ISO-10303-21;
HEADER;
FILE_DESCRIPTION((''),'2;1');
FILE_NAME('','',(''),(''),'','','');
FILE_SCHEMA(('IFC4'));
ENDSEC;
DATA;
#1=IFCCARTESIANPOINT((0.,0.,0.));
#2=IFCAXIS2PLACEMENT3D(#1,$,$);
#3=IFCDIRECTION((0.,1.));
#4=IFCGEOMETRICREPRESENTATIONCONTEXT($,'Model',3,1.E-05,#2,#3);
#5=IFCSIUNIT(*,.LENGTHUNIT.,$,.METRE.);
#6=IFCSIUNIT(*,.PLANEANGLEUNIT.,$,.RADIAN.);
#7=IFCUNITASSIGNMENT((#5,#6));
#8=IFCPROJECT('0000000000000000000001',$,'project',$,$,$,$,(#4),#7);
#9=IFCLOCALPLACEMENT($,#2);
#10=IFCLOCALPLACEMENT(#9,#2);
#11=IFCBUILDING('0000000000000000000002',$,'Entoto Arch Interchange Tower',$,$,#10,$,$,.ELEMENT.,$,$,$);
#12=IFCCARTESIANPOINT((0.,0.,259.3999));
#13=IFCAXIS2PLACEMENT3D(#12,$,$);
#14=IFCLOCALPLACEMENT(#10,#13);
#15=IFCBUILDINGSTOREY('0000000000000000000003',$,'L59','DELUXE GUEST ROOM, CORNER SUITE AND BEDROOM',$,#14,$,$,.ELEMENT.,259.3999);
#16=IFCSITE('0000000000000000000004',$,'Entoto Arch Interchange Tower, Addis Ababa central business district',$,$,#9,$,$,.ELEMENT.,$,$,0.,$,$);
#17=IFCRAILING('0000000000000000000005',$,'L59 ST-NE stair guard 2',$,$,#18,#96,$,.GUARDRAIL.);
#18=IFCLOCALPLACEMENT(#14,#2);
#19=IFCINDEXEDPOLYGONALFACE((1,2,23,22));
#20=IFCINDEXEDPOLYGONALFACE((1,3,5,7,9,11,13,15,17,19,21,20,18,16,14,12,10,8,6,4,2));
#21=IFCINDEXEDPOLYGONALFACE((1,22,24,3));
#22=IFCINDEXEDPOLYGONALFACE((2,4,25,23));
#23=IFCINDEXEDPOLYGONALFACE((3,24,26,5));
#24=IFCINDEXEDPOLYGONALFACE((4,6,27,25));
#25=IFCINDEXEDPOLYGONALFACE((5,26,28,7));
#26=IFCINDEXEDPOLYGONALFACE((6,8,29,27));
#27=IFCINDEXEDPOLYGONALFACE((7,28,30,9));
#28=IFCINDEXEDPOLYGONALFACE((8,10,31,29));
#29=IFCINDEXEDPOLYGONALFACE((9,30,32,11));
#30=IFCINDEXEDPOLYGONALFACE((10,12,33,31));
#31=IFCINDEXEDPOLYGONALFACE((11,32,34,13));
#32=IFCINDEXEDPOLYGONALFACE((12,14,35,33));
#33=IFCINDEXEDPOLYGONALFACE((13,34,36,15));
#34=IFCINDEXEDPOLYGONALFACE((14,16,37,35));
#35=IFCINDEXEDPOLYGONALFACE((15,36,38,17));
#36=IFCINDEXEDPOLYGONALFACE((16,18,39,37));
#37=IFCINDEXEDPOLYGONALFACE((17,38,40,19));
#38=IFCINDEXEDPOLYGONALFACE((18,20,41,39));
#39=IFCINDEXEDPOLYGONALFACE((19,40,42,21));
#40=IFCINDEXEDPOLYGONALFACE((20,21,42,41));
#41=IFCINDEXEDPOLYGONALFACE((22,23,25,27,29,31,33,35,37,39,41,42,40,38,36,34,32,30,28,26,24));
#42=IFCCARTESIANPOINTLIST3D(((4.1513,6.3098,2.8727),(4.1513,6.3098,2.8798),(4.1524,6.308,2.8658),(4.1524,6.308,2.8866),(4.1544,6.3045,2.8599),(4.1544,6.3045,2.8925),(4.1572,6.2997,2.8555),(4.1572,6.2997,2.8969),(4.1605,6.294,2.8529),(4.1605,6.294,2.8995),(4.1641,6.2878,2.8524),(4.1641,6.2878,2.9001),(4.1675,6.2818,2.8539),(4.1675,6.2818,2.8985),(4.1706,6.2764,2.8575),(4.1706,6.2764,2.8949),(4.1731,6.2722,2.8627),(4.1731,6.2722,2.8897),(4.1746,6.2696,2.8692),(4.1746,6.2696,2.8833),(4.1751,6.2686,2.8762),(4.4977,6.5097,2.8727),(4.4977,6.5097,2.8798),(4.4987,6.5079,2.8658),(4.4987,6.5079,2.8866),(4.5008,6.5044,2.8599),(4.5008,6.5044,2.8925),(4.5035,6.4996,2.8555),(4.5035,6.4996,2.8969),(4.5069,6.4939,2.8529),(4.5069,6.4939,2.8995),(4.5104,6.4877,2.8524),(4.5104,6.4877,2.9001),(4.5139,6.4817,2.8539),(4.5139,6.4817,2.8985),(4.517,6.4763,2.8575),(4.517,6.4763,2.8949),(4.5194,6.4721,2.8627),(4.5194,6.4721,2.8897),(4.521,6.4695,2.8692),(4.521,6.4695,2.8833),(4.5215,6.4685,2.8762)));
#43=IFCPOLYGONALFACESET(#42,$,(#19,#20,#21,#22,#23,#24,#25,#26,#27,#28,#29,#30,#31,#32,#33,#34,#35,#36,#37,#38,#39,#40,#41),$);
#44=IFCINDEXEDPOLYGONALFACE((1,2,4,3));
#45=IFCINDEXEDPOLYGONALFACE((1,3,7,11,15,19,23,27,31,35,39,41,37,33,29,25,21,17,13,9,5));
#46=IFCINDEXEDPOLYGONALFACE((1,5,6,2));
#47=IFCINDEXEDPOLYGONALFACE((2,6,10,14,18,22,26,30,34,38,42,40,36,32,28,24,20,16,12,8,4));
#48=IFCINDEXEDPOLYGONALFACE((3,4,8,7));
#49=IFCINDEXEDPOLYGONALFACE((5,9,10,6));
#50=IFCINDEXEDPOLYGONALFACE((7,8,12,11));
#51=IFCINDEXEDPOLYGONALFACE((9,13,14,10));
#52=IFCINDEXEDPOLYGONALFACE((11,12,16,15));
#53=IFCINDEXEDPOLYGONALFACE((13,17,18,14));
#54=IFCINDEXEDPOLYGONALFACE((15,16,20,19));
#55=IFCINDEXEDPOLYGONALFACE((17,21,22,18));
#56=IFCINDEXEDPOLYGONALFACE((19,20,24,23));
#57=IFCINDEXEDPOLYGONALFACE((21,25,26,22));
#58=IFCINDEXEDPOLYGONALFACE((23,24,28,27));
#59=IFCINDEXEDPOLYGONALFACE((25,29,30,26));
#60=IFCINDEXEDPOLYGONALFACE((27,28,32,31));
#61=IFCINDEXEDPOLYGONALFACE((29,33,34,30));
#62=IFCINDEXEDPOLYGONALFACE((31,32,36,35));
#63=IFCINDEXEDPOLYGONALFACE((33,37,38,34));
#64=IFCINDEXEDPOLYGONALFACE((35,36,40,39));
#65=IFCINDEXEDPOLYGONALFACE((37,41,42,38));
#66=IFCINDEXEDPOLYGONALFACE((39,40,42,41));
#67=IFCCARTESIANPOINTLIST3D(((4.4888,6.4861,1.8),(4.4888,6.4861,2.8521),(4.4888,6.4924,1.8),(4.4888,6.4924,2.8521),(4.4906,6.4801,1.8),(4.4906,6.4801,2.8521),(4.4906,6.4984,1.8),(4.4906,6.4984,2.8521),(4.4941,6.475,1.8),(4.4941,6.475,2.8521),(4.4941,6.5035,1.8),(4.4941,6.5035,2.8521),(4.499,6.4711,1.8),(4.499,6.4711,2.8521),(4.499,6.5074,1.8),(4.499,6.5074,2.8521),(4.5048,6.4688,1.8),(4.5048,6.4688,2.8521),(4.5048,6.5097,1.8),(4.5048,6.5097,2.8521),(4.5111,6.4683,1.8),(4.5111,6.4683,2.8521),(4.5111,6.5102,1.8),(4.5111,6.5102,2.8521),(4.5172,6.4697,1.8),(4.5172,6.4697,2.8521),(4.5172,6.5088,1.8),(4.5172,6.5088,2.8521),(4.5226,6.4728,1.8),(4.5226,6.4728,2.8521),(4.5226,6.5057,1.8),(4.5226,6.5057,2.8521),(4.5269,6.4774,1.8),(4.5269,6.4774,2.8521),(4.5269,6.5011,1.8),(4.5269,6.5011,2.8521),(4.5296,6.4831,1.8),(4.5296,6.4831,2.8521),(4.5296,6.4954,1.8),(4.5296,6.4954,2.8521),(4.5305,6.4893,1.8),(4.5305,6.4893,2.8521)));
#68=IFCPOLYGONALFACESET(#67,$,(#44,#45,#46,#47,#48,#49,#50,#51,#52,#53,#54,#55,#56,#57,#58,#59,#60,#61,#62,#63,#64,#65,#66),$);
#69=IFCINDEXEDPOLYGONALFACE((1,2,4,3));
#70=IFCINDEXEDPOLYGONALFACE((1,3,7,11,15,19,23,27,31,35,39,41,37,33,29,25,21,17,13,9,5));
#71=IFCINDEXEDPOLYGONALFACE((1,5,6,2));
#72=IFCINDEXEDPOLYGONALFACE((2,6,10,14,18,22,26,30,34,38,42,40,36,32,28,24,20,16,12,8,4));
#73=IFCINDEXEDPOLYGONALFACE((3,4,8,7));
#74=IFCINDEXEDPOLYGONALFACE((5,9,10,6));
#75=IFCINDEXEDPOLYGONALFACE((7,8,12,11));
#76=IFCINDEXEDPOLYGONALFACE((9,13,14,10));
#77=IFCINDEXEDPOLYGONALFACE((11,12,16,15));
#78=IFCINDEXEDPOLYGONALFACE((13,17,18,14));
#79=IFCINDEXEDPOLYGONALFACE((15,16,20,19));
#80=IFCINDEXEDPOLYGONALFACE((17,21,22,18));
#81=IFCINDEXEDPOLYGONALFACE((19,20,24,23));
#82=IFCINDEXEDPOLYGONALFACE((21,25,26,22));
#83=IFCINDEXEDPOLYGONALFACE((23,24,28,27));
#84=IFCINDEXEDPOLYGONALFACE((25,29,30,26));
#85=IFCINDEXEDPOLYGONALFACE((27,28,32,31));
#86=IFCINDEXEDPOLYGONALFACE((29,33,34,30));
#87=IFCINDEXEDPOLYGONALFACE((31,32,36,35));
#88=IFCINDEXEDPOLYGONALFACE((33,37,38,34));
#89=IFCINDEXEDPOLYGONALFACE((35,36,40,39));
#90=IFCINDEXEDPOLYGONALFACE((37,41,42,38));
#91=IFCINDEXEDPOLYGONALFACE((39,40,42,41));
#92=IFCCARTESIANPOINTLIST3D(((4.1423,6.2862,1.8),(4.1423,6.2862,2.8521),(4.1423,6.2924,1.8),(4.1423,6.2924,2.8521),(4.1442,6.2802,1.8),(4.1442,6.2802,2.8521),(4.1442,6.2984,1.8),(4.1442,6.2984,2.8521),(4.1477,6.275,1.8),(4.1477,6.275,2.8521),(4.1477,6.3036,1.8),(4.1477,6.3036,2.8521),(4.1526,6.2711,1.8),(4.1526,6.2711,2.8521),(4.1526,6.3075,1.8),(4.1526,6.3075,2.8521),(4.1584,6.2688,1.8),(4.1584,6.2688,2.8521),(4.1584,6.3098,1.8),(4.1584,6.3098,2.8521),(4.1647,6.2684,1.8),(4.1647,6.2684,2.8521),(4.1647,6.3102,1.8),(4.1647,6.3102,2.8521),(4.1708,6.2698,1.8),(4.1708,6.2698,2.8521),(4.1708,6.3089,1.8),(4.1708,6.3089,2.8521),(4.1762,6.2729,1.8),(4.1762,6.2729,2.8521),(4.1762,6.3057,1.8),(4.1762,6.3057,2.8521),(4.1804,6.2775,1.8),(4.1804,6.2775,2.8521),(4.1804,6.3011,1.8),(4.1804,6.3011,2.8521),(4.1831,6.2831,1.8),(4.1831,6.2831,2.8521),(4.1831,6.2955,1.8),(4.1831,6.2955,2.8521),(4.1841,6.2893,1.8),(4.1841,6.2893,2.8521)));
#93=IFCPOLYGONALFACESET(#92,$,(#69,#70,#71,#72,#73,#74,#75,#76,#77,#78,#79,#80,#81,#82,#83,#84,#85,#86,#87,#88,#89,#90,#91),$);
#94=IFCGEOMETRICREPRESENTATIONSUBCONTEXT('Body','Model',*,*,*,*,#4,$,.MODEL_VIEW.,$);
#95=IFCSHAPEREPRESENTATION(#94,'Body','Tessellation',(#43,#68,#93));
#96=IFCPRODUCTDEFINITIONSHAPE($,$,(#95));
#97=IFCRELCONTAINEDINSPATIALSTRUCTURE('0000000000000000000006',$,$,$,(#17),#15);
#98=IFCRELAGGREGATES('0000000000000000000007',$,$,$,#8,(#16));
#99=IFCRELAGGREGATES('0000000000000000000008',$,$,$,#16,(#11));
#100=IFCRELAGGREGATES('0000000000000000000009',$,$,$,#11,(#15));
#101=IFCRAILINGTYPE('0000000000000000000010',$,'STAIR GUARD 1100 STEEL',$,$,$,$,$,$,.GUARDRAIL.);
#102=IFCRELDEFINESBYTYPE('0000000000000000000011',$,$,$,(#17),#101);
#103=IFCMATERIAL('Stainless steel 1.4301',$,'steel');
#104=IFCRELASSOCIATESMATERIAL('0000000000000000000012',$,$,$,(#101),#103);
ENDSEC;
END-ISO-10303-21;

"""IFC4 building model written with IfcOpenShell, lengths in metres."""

from ifc_helpers import new_model, si_unit, direction, frame, origin, origin_2d, place, context, subcontext, project, spatial, circle, extrude, material, type_object, element, save


model = new_model("IFC4")

# Units and contexts
model_context = context("Model", 3, precision=1e-05, world=origin(), true_north=direction((0.0, 1.0)))
body_context = subcontext(model_context, "Body", "Model", "MODEL_VIEW")
ifc_project = project(units=[si_unit("LENGTHUNIT", "METRE"), si_unit("PLANEANGLEUNIT", "RADIAN")], contexts=[model_context])

# Site, building, storey
site_placement = place(None, origin())
site = spatial("IfcSite", under=ifc_project, at=site_placement, Name="Entoto Arch Interchange Tower, Addis Ababa central business district", CompositionType="ELEMENT", RefElevation=0.0)
building_placement = place(site_placement, origin())
building = spatial("IfcBuilding", under=site, at=building_placement, Name="Entoto Arch Interchange Tower", CompositionType="ELEMENT")
storey_placement = place(building_placement, frame((0.0, 0.0, 259.3999)))
storey = spatial("IfcBuildingStorey", under=building, at=storey_placement, Name="L59", Description="DELUXE GUEST ROOM, CORNER SUITE AND BEDROOM", CompositionType="ELEMENT", Elevation=259.3999)

# Railing
ifc_material_1 = material(Name="Stainless steel 1.4301", Category="steel")
railing_type_1 = type_object("IfcRailingType", Name="STAIR GUARD 1100 STEEL", PredefinedType="GUARDRAIL", material=ifc_material_1)
railing_1_placement = place(storey_placement, frame((4.5095, 6.4893, 1.8)))
element("IfcRailing", 1, at=railing_1_placement, inside=storey, type_object=railing_type_1, Name="L59 ST-NE stair guard 2", PredefinedType="GUARDRAIL", context=body_context, shape_type="SweptSolid", body=[
    extrude(circle(Radius=0.0239, at=origin_2d()), frame((0.0, 0.0, 1.0762), z_axis=(-0.866094, -0.499881, 0.0), x_axis=(0.499881, -0.866094, 0.0)), (0.0, 0.0, 1.0), 0.3999),
    extrude(circle(Radius=0.021, at=origin_2d()), origin(), (0.0, 0.0, 1.0), 1.052),
    extrude(circle(Radius=0.021, at=origin_2d()), frame((-0.3464, -0.2, 0.0)), (0.0, 0.0, 1.0), 1.052),
])

save(model, "model.ifc")
